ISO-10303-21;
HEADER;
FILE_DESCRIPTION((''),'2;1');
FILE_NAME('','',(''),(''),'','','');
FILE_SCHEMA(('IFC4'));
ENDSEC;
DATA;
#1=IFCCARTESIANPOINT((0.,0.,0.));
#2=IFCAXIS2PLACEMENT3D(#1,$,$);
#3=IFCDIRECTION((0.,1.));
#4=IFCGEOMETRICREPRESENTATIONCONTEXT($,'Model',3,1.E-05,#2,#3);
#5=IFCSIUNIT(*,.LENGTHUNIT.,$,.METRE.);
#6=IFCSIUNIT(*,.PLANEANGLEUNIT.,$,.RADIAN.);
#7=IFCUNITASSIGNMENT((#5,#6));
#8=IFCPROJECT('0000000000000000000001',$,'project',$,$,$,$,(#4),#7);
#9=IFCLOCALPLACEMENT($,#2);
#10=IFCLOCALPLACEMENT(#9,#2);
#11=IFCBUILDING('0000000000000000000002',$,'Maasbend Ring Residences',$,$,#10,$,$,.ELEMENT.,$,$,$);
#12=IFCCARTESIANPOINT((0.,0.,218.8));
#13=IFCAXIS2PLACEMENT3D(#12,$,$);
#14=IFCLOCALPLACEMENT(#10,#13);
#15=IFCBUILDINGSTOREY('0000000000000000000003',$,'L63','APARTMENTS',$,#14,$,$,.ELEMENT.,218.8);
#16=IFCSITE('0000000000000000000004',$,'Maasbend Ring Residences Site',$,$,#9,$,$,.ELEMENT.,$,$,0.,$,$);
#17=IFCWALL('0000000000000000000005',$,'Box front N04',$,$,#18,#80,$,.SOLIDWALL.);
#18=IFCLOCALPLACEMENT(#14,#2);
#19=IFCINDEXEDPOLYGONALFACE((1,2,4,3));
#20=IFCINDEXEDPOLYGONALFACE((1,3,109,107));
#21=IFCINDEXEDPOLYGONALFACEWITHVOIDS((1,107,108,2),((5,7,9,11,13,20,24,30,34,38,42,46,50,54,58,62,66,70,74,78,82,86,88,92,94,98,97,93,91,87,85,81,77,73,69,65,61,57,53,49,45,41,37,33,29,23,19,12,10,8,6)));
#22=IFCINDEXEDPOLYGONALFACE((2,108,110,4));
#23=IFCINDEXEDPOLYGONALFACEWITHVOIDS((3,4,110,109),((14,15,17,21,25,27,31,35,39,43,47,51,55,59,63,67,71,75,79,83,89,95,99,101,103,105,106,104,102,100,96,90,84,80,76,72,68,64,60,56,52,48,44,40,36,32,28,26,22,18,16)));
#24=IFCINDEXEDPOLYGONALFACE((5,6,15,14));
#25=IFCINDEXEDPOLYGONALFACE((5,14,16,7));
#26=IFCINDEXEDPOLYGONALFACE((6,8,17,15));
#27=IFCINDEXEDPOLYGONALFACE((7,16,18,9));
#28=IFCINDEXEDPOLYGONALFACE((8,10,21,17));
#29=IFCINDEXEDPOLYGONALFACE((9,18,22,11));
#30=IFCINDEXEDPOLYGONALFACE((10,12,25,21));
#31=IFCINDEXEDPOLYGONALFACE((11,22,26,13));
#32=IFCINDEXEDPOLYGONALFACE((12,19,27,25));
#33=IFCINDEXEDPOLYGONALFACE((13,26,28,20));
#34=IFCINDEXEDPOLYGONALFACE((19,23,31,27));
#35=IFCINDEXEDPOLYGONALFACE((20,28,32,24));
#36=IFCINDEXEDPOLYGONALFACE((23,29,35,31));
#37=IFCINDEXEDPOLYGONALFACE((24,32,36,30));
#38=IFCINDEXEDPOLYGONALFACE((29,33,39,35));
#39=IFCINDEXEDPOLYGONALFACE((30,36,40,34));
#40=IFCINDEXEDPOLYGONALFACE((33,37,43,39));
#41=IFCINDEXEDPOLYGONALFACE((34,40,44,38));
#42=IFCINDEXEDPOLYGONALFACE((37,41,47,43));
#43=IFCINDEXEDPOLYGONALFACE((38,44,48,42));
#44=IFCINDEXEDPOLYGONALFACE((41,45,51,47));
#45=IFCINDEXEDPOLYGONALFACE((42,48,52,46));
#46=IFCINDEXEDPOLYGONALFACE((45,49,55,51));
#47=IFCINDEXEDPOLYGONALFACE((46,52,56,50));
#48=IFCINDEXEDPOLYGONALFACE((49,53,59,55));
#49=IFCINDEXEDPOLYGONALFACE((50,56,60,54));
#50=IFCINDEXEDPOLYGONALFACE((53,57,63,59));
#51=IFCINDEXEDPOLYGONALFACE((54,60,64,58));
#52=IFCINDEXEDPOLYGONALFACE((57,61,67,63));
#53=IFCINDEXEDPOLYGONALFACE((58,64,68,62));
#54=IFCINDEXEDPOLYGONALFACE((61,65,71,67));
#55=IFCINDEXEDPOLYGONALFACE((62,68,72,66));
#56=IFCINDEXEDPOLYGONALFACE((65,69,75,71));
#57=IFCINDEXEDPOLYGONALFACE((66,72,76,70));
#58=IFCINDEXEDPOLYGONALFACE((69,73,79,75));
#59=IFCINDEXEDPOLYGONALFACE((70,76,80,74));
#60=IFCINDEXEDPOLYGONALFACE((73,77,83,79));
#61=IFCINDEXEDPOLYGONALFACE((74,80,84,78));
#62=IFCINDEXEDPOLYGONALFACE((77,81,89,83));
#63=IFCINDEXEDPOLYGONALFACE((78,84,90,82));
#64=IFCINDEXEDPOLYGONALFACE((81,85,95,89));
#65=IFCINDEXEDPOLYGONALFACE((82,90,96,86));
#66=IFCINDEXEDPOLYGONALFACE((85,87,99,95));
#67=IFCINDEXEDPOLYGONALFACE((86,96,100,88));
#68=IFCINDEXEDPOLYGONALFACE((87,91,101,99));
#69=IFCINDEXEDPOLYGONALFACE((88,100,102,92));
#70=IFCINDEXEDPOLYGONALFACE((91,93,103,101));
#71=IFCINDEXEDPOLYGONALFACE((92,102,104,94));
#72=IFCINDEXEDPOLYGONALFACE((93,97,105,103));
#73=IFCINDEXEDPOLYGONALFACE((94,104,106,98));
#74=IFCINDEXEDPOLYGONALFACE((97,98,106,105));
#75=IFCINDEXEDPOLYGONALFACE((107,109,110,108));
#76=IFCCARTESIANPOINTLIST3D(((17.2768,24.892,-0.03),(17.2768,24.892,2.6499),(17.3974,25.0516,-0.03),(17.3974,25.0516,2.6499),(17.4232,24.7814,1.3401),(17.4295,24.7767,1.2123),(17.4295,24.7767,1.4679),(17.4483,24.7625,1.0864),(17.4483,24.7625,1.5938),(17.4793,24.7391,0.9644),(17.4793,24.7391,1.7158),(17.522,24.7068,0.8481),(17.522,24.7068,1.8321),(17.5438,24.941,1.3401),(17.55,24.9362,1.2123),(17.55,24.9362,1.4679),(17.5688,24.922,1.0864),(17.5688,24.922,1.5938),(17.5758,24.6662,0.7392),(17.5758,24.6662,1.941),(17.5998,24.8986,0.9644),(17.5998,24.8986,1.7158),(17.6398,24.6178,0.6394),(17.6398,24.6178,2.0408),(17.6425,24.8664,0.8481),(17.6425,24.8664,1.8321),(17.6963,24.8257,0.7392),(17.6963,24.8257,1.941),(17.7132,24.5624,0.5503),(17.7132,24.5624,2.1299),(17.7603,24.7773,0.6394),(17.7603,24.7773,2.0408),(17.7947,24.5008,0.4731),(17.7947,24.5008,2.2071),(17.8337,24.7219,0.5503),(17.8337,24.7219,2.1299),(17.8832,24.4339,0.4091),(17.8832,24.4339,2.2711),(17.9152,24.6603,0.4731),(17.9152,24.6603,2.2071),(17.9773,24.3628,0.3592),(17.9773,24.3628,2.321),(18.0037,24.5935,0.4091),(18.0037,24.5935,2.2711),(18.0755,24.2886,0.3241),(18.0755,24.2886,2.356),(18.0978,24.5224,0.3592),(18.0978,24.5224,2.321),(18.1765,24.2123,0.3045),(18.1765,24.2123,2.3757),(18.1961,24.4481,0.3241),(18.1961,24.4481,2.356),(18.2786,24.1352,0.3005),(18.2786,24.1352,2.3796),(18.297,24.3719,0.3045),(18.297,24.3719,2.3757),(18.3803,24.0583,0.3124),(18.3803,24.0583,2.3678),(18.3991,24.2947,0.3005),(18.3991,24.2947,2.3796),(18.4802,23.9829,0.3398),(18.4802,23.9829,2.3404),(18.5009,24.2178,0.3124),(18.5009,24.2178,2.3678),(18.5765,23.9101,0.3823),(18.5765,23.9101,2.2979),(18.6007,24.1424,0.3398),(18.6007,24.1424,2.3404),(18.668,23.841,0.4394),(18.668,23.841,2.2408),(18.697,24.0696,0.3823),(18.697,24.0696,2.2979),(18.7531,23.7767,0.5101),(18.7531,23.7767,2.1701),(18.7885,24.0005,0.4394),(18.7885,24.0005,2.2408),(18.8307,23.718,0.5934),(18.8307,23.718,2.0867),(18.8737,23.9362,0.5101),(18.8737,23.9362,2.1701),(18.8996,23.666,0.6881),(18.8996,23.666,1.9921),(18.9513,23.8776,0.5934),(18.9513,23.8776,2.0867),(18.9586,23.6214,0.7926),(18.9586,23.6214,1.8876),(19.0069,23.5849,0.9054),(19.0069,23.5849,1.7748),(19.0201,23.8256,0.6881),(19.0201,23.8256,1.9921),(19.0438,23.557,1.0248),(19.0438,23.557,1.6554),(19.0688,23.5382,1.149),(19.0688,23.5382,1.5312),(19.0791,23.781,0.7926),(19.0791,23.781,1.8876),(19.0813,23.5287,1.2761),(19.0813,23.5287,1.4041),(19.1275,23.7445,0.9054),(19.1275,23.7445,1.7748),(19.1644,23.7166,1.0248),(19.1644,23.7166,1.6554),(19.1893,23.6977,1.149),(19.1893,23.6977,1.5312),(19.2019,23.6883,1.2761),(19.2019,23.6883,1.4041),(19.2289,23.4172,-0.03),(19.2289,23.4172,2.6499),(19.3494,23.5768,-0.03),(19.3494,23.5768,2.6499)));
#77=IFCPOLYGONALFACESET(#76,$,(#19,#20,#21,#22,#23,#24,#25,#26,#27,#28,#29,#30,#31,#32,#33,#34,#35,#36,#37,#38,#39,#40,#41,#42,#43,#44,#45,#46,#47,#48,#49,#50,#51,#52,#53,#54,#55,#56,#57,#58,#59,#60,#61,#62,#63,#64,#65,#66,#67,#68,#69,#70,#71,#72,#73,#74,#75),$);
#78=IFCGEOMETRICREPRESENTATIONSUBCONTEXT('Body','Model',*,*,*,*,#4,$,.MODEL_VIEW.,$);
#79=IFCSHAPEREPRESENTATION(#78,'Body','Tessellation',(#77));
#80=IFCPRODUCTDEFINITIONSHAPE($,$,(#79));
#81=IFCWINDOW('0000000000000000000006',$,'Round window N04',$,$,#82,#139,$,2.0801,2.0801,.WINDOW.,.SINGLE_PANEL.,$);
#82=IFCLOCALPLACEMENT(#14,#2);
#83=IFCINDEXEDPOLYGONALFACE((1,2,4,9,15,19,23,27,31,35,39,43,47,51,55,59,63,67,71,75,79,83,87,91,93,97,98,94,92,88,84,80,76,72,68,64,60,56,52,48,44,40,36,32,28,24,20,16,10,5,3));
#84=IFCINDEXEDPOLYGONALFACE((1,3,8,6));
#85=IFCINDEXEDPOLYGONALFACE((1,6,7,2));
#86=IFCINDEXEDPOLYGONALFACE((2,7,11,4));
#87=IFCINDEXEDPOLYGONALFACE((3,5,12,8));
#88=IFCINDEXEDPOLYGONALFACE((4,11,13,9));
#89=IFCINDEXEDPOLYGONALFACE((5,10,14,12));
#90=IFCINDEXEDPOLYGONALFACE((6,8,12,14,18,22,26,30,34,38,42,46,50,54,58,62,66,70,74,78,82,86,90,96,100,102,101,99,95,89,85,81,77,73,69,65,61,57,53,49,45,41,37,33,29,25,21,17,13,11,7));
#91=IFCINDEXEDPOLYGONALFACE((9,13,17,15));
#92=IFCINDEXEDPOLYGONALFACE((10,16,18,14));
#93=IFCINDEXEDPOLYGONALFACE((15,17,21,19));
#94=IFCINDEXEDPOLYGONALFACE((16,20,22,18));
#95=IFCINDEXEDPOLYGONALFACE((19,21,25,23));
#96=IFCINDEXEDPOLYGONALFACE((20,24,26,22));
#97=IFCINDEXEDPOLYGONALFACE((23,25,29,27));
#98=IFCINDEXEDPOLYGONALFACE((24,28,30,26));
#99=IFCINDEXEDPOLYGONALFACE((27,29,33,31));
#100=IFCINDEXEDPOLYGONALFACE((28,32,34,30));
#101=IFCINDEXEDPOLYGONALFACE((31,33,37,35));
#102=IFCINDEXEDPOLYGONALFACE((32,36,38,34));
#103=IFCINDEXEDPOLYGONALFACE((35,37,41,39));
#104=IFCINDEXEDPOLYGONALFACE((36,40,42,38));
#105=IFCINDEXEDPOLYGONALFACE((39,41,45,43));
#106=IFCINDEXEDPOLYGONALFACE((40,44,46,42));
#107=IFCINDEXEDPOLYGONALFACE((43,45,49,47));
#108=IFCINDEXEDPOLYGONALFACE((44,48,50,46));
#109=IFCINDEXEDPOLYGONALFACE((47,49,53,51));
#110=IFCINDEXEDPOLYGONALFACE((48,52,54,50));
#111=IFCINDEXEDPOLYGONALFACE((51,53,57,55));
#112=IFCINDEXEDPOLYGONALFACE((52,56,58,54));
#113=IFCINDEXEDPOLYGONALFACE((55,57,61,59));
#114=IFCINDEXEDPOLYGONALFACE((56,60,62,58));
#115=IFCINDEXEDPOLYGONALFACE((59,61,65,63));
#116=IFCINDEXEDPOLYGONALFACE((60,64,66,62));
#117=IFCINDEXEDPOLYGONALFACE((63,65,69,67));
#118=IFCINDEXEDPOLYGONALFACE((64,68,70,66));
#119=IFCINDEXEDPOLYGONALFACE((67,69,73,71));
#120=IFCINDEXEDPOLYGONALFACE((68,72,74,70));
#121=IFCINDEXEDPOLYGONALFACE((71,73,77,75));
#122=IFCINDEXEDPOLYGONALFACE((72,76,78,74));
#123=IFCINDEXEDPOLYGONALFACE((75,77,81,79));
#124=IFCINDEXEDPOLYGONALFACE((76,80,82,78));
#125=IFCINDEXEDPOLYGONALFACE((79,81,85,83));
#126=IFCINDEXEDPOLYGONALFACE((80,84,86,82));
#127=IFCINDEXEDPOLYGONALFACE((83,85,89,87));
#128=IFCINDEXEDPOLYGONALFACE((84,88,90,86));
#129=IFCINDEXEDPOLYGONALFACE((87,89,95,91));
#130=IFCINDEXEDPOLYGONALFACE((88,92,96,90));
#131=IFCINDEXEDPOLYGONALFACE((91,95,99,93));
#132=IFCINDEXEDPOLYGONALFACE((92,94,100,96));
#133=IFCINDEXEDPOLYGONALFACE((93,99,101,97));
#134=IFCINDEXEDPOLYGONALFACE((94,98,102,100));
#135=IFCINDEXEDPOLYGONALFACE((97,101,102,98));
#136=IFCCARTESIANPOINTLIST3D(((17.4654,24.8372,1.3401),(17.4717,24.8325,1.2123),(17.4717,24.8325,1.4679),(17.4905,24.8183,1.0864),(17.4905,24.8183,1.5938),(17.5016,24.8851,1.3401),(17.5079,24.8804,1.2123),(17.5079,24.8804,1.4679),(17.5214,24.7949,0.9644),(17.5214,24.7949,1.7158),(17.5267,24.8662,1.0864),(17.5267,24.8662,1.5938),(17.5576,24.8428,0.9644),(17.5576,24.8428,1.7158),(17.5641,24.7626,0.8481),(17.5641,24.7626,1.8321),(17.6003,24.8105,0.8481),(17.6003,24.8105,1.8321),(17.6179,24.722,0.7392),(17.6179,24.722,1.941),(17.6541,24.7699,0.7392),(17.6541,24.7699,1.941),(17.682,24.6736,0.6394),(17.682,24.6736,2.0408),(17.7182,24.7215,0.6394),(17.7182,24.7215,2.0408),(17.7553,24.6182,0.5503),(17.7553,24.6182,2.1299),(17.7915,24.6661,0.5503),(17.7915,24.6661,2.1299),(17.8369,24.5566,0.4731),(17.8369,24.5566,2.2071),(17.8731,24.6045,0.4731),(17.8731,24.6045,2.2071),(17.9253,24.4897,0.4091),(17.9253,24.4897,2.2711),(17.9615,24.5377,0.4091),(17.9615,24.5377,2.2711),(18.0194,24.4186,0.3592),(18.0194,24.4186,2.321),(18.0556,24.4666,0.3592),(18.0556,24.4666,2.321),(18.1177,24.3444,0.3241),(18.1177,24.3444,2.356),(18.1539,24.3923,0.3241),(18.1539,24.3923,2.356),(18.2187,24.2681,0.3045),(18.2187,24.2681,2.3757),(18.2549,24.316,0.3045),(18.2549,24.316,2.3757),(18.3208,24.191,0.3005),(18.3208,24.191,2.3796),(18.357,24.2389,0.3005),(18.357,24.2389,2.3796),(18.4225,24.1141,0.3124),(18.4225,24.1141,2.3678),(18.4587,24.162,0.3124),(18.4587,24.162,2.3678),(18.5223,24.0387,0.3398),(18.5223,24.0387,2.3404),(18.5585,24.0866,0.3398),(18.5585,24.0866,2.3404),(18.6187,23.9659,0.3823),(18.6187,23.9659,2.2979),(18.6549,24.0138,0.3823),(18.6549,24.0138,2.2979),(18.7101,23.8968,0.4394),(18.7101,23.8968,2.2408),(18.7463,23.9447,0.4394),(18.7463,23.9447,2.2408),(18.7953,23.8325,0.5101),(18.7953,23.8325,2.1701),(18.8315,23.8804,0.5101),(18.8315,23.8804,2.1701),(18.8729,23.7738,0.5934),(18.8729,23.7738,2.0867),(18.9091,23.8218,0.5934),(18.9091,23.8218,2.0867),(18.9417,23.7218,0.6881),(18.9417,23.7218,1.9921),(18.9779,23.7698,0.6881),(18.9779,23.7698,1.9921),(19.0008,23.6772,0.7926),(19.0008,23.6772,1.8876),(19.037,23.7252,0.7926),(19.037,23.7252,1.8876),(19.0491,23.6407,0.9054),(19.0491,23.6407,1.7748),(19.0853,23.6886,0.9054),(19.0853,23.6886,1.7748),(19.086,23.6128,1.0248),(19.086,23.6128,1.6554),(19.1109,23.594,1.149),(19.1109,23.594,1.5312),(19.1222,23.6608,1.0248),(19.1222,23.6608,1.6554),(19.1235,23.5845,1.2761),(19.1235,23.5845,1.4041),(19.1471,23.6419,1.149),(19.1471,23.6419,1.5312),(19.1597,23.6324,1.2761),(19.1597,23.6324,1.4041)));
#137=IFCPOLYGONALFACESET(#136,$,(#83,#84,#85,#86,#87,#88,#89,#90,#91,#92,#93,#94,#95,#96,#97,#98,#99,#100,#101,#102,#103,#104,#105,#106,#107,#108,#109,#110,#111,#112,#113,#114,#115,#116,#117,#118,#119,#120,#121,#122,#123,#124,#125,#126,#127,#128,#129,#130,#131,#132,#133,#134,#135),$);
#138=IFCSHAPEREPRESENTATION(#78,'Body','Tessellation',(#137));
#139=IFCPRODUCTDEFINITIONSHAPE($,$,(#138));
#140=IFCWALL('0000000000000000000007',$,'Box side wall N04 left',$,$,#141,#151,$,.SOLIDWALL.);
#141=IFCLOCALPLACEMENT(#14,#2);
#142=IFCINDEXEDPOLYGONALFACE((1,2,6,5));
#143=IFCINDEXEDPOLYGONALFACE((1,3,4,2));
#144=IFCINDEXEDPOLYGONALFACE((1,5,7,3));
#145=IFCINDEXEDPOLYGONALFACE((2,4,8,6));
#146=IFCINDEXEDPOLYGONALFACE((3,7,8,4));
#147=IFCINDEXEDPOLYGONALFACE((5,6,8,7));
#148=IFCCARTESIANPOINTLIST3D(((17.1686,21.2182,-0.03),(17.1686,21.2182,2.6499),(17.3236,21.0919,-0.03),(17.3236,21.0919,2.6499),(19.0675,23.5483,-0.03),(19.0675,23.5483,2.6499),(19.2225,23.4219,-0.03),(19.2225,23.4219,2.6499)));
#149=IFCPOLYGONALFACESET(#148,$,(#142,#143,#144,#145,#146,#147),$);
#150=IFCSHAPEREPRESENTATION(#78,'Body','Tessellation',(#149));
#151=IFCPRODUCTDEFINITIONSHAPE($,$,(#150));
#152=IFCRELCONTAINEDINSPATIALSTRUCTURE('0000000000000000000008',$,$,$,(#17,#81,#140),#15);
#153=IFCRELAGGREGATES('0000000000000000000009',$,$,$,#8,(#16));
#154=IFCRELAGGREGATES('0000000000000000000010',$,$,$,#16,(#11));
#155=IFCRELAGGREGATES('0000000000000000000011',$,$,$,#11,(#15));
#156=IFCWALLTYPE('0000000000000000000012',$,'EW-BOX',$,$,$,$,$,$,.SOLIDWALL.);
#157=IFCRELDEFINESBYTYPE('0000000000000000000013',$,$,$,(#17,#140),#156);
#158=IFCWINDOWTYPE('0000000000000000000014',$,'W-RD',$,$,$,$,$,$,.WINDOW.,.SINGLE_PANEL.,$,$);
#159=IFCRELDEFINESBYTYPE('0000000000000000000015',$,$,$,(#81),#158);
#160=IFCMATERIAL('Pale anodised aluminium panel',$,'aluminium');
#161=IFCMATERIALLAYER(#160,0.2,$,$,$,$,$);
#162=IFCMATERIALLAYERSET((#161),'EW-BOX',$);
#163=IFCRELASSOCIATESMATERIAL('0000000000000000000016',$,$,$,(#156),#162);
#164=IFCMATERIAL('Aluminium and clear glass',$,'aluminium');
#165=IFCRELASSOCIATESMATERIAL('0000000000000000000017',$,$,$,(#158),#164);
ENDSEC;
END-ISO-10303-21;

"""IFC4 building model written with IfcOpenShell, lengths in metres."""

from ifc_helpers import new_model, si_unit, direction, frame, frame_2d, origin, place, context, subcontext, project, spatial, rectangle, circle, extrude, material, layer, layer_set, type_object, element, fill, save


model = new_model("IFC4")

# Units and contexts
model_context = context("Model", 3, precision=1e-05, world=origin(), true_north=direction((0.0, 1.0)))
body_context = subcontext(model_context, "Body", "Model", "MODEL_VIEW")
ifc_project = project(units=[si_unit("LENGTHUNIT", "METRE"), si_unit("PLANEANGLEUNIT", "RADIAN")], contexts=[model_context])

# Site, building, storey
site_placement = place(None, origin())
site = spatial("IfcSite", under=ifc_project, at=site_placement, Name="Maasbend Ring Residences Site", CompositionType="ELEMENT", RefElevation=0.0)
building_placement = place(site_placement, origin())
building = spatial("IfcBuilding", under=site, at=building_placement, Name="Maasbend Ring Residences", CompositionType="ELEMENT")
storey_placement = place(building_placement, frame((0.0, 0.0, 218.8)))
storey = spatial("IfcBuildingStorey", under=building, at=storey_placement, Name="L63", Description="APARTMENTS", CompositionType="ELEMENT", Elevation=218.8)

# Shared definitions
ifc_material_1 = material(Name="Pale anodised aluminium panel", Category="aluminium")
ifc_layer_1 = layer(ifc_material_1, 0.2)
ifc_layer_set_1 = layer_set([ifc_layer_1], Name="EW-BOX")
wall_type_1 = type_object("IfcWallType", Name="EW-BOX", PredefinedType="SOLIDWALL", material=ifc_layer_set_1)
ifc_material_2 = material(Name="Aluminium and clear glass", Category="aluminium")
window_type_1 = type_object("IfcWindowType", Name="W-RD", PartitioningType="SINGLE_PANEL", PredefinedType="WINDOW", material=ifc_material_2)

# Wall, opening, window
wall_1_placement = place(storey_placement, frame((19.2891, 23.4971, -0.03), z_axis=(0.0, 0.0, 1.0), x_axis=(-0.797888, 0.602806, 0.0)))
wall_1 = element("IfcWall", 1, at=wall_1_placement, inside=storey, type_object=wall_type_1, Name="Box front N04", PredefinedType="SOLIDWALL", context=body_context, shape_type="SweptSolid", body=[
    extrude(rectangle(XDim=2.4465, YDim=0.2, at=frame_2d((1.2231, 0.0))), origin(), (0.0, 0.0, 1.0), 2.6799),
])
opening_1_placement = place(wall_1_placement, frame((0.1829, 0.0, 0.3301)))
opening_1 = element("IfcOpeningElement", 2, at=opening_1_placement, cuts=wall_1, PredefinedType="OPENING", context=body_context, shape_type="SweptSolid", body=[
    extrude(circle(Radius=1.04, at=frame_2d((1.04, 1.04))), frame((0.0, 0.1099, 0.0), z_axis=(0.0, -1.0, 0.0), x_axis=(1.0, 0.0, 0.0)), (0.0, 0.0, 1.0), 0.22),
])
window_1_placement = place(opening_1_placement, origin())
window_1 = element("IfcWindow", 3, at=window_1_placement, inside=storey, type_object=window_type_1, Name="Round window N04", OverallHeight=2.0801, OverallWidth=2.0801, PartitioningType="SINGLE_PANEL", PredefinedType="WINDOW", context=body_context, shape_type="SweptSolid", body=[
    extrude(circle(Radius=1.04, at=frame_2d((1.04, 1.04))), frame((0.0, 0.03, 0.0), z_axis=(0.0, -1.0, 0.0), x_axis=(1.0, 0.0, 0.0)), (0.0, 0.0, 1.0), 0.0601),
])
fill(opening_1, window_1)

# Wall
wall_2_placement = place(storey_placement, frame((17.2461, 21.155, -0.03), z_axis=(0.0, 0.0, 1.0), x_axis=(0.631742, 0.775179, 0.0)))
element("IfcWall", 4, at=wall_2_placement, inside=storey, type_object=wall_type_1, Name="Box side wall N04 left", PredefinedType="SOLIDWALL", context=body_context, shape_type="SweptSolid", body=[
    extrude(rectangle(XDim=3.0059, YDim=0.2, at=frame_2d((1.5029, 0.0))), origin(), (0.0, 0.0, 1.0), 2.6799),
])

save(model, "model.ifc")
